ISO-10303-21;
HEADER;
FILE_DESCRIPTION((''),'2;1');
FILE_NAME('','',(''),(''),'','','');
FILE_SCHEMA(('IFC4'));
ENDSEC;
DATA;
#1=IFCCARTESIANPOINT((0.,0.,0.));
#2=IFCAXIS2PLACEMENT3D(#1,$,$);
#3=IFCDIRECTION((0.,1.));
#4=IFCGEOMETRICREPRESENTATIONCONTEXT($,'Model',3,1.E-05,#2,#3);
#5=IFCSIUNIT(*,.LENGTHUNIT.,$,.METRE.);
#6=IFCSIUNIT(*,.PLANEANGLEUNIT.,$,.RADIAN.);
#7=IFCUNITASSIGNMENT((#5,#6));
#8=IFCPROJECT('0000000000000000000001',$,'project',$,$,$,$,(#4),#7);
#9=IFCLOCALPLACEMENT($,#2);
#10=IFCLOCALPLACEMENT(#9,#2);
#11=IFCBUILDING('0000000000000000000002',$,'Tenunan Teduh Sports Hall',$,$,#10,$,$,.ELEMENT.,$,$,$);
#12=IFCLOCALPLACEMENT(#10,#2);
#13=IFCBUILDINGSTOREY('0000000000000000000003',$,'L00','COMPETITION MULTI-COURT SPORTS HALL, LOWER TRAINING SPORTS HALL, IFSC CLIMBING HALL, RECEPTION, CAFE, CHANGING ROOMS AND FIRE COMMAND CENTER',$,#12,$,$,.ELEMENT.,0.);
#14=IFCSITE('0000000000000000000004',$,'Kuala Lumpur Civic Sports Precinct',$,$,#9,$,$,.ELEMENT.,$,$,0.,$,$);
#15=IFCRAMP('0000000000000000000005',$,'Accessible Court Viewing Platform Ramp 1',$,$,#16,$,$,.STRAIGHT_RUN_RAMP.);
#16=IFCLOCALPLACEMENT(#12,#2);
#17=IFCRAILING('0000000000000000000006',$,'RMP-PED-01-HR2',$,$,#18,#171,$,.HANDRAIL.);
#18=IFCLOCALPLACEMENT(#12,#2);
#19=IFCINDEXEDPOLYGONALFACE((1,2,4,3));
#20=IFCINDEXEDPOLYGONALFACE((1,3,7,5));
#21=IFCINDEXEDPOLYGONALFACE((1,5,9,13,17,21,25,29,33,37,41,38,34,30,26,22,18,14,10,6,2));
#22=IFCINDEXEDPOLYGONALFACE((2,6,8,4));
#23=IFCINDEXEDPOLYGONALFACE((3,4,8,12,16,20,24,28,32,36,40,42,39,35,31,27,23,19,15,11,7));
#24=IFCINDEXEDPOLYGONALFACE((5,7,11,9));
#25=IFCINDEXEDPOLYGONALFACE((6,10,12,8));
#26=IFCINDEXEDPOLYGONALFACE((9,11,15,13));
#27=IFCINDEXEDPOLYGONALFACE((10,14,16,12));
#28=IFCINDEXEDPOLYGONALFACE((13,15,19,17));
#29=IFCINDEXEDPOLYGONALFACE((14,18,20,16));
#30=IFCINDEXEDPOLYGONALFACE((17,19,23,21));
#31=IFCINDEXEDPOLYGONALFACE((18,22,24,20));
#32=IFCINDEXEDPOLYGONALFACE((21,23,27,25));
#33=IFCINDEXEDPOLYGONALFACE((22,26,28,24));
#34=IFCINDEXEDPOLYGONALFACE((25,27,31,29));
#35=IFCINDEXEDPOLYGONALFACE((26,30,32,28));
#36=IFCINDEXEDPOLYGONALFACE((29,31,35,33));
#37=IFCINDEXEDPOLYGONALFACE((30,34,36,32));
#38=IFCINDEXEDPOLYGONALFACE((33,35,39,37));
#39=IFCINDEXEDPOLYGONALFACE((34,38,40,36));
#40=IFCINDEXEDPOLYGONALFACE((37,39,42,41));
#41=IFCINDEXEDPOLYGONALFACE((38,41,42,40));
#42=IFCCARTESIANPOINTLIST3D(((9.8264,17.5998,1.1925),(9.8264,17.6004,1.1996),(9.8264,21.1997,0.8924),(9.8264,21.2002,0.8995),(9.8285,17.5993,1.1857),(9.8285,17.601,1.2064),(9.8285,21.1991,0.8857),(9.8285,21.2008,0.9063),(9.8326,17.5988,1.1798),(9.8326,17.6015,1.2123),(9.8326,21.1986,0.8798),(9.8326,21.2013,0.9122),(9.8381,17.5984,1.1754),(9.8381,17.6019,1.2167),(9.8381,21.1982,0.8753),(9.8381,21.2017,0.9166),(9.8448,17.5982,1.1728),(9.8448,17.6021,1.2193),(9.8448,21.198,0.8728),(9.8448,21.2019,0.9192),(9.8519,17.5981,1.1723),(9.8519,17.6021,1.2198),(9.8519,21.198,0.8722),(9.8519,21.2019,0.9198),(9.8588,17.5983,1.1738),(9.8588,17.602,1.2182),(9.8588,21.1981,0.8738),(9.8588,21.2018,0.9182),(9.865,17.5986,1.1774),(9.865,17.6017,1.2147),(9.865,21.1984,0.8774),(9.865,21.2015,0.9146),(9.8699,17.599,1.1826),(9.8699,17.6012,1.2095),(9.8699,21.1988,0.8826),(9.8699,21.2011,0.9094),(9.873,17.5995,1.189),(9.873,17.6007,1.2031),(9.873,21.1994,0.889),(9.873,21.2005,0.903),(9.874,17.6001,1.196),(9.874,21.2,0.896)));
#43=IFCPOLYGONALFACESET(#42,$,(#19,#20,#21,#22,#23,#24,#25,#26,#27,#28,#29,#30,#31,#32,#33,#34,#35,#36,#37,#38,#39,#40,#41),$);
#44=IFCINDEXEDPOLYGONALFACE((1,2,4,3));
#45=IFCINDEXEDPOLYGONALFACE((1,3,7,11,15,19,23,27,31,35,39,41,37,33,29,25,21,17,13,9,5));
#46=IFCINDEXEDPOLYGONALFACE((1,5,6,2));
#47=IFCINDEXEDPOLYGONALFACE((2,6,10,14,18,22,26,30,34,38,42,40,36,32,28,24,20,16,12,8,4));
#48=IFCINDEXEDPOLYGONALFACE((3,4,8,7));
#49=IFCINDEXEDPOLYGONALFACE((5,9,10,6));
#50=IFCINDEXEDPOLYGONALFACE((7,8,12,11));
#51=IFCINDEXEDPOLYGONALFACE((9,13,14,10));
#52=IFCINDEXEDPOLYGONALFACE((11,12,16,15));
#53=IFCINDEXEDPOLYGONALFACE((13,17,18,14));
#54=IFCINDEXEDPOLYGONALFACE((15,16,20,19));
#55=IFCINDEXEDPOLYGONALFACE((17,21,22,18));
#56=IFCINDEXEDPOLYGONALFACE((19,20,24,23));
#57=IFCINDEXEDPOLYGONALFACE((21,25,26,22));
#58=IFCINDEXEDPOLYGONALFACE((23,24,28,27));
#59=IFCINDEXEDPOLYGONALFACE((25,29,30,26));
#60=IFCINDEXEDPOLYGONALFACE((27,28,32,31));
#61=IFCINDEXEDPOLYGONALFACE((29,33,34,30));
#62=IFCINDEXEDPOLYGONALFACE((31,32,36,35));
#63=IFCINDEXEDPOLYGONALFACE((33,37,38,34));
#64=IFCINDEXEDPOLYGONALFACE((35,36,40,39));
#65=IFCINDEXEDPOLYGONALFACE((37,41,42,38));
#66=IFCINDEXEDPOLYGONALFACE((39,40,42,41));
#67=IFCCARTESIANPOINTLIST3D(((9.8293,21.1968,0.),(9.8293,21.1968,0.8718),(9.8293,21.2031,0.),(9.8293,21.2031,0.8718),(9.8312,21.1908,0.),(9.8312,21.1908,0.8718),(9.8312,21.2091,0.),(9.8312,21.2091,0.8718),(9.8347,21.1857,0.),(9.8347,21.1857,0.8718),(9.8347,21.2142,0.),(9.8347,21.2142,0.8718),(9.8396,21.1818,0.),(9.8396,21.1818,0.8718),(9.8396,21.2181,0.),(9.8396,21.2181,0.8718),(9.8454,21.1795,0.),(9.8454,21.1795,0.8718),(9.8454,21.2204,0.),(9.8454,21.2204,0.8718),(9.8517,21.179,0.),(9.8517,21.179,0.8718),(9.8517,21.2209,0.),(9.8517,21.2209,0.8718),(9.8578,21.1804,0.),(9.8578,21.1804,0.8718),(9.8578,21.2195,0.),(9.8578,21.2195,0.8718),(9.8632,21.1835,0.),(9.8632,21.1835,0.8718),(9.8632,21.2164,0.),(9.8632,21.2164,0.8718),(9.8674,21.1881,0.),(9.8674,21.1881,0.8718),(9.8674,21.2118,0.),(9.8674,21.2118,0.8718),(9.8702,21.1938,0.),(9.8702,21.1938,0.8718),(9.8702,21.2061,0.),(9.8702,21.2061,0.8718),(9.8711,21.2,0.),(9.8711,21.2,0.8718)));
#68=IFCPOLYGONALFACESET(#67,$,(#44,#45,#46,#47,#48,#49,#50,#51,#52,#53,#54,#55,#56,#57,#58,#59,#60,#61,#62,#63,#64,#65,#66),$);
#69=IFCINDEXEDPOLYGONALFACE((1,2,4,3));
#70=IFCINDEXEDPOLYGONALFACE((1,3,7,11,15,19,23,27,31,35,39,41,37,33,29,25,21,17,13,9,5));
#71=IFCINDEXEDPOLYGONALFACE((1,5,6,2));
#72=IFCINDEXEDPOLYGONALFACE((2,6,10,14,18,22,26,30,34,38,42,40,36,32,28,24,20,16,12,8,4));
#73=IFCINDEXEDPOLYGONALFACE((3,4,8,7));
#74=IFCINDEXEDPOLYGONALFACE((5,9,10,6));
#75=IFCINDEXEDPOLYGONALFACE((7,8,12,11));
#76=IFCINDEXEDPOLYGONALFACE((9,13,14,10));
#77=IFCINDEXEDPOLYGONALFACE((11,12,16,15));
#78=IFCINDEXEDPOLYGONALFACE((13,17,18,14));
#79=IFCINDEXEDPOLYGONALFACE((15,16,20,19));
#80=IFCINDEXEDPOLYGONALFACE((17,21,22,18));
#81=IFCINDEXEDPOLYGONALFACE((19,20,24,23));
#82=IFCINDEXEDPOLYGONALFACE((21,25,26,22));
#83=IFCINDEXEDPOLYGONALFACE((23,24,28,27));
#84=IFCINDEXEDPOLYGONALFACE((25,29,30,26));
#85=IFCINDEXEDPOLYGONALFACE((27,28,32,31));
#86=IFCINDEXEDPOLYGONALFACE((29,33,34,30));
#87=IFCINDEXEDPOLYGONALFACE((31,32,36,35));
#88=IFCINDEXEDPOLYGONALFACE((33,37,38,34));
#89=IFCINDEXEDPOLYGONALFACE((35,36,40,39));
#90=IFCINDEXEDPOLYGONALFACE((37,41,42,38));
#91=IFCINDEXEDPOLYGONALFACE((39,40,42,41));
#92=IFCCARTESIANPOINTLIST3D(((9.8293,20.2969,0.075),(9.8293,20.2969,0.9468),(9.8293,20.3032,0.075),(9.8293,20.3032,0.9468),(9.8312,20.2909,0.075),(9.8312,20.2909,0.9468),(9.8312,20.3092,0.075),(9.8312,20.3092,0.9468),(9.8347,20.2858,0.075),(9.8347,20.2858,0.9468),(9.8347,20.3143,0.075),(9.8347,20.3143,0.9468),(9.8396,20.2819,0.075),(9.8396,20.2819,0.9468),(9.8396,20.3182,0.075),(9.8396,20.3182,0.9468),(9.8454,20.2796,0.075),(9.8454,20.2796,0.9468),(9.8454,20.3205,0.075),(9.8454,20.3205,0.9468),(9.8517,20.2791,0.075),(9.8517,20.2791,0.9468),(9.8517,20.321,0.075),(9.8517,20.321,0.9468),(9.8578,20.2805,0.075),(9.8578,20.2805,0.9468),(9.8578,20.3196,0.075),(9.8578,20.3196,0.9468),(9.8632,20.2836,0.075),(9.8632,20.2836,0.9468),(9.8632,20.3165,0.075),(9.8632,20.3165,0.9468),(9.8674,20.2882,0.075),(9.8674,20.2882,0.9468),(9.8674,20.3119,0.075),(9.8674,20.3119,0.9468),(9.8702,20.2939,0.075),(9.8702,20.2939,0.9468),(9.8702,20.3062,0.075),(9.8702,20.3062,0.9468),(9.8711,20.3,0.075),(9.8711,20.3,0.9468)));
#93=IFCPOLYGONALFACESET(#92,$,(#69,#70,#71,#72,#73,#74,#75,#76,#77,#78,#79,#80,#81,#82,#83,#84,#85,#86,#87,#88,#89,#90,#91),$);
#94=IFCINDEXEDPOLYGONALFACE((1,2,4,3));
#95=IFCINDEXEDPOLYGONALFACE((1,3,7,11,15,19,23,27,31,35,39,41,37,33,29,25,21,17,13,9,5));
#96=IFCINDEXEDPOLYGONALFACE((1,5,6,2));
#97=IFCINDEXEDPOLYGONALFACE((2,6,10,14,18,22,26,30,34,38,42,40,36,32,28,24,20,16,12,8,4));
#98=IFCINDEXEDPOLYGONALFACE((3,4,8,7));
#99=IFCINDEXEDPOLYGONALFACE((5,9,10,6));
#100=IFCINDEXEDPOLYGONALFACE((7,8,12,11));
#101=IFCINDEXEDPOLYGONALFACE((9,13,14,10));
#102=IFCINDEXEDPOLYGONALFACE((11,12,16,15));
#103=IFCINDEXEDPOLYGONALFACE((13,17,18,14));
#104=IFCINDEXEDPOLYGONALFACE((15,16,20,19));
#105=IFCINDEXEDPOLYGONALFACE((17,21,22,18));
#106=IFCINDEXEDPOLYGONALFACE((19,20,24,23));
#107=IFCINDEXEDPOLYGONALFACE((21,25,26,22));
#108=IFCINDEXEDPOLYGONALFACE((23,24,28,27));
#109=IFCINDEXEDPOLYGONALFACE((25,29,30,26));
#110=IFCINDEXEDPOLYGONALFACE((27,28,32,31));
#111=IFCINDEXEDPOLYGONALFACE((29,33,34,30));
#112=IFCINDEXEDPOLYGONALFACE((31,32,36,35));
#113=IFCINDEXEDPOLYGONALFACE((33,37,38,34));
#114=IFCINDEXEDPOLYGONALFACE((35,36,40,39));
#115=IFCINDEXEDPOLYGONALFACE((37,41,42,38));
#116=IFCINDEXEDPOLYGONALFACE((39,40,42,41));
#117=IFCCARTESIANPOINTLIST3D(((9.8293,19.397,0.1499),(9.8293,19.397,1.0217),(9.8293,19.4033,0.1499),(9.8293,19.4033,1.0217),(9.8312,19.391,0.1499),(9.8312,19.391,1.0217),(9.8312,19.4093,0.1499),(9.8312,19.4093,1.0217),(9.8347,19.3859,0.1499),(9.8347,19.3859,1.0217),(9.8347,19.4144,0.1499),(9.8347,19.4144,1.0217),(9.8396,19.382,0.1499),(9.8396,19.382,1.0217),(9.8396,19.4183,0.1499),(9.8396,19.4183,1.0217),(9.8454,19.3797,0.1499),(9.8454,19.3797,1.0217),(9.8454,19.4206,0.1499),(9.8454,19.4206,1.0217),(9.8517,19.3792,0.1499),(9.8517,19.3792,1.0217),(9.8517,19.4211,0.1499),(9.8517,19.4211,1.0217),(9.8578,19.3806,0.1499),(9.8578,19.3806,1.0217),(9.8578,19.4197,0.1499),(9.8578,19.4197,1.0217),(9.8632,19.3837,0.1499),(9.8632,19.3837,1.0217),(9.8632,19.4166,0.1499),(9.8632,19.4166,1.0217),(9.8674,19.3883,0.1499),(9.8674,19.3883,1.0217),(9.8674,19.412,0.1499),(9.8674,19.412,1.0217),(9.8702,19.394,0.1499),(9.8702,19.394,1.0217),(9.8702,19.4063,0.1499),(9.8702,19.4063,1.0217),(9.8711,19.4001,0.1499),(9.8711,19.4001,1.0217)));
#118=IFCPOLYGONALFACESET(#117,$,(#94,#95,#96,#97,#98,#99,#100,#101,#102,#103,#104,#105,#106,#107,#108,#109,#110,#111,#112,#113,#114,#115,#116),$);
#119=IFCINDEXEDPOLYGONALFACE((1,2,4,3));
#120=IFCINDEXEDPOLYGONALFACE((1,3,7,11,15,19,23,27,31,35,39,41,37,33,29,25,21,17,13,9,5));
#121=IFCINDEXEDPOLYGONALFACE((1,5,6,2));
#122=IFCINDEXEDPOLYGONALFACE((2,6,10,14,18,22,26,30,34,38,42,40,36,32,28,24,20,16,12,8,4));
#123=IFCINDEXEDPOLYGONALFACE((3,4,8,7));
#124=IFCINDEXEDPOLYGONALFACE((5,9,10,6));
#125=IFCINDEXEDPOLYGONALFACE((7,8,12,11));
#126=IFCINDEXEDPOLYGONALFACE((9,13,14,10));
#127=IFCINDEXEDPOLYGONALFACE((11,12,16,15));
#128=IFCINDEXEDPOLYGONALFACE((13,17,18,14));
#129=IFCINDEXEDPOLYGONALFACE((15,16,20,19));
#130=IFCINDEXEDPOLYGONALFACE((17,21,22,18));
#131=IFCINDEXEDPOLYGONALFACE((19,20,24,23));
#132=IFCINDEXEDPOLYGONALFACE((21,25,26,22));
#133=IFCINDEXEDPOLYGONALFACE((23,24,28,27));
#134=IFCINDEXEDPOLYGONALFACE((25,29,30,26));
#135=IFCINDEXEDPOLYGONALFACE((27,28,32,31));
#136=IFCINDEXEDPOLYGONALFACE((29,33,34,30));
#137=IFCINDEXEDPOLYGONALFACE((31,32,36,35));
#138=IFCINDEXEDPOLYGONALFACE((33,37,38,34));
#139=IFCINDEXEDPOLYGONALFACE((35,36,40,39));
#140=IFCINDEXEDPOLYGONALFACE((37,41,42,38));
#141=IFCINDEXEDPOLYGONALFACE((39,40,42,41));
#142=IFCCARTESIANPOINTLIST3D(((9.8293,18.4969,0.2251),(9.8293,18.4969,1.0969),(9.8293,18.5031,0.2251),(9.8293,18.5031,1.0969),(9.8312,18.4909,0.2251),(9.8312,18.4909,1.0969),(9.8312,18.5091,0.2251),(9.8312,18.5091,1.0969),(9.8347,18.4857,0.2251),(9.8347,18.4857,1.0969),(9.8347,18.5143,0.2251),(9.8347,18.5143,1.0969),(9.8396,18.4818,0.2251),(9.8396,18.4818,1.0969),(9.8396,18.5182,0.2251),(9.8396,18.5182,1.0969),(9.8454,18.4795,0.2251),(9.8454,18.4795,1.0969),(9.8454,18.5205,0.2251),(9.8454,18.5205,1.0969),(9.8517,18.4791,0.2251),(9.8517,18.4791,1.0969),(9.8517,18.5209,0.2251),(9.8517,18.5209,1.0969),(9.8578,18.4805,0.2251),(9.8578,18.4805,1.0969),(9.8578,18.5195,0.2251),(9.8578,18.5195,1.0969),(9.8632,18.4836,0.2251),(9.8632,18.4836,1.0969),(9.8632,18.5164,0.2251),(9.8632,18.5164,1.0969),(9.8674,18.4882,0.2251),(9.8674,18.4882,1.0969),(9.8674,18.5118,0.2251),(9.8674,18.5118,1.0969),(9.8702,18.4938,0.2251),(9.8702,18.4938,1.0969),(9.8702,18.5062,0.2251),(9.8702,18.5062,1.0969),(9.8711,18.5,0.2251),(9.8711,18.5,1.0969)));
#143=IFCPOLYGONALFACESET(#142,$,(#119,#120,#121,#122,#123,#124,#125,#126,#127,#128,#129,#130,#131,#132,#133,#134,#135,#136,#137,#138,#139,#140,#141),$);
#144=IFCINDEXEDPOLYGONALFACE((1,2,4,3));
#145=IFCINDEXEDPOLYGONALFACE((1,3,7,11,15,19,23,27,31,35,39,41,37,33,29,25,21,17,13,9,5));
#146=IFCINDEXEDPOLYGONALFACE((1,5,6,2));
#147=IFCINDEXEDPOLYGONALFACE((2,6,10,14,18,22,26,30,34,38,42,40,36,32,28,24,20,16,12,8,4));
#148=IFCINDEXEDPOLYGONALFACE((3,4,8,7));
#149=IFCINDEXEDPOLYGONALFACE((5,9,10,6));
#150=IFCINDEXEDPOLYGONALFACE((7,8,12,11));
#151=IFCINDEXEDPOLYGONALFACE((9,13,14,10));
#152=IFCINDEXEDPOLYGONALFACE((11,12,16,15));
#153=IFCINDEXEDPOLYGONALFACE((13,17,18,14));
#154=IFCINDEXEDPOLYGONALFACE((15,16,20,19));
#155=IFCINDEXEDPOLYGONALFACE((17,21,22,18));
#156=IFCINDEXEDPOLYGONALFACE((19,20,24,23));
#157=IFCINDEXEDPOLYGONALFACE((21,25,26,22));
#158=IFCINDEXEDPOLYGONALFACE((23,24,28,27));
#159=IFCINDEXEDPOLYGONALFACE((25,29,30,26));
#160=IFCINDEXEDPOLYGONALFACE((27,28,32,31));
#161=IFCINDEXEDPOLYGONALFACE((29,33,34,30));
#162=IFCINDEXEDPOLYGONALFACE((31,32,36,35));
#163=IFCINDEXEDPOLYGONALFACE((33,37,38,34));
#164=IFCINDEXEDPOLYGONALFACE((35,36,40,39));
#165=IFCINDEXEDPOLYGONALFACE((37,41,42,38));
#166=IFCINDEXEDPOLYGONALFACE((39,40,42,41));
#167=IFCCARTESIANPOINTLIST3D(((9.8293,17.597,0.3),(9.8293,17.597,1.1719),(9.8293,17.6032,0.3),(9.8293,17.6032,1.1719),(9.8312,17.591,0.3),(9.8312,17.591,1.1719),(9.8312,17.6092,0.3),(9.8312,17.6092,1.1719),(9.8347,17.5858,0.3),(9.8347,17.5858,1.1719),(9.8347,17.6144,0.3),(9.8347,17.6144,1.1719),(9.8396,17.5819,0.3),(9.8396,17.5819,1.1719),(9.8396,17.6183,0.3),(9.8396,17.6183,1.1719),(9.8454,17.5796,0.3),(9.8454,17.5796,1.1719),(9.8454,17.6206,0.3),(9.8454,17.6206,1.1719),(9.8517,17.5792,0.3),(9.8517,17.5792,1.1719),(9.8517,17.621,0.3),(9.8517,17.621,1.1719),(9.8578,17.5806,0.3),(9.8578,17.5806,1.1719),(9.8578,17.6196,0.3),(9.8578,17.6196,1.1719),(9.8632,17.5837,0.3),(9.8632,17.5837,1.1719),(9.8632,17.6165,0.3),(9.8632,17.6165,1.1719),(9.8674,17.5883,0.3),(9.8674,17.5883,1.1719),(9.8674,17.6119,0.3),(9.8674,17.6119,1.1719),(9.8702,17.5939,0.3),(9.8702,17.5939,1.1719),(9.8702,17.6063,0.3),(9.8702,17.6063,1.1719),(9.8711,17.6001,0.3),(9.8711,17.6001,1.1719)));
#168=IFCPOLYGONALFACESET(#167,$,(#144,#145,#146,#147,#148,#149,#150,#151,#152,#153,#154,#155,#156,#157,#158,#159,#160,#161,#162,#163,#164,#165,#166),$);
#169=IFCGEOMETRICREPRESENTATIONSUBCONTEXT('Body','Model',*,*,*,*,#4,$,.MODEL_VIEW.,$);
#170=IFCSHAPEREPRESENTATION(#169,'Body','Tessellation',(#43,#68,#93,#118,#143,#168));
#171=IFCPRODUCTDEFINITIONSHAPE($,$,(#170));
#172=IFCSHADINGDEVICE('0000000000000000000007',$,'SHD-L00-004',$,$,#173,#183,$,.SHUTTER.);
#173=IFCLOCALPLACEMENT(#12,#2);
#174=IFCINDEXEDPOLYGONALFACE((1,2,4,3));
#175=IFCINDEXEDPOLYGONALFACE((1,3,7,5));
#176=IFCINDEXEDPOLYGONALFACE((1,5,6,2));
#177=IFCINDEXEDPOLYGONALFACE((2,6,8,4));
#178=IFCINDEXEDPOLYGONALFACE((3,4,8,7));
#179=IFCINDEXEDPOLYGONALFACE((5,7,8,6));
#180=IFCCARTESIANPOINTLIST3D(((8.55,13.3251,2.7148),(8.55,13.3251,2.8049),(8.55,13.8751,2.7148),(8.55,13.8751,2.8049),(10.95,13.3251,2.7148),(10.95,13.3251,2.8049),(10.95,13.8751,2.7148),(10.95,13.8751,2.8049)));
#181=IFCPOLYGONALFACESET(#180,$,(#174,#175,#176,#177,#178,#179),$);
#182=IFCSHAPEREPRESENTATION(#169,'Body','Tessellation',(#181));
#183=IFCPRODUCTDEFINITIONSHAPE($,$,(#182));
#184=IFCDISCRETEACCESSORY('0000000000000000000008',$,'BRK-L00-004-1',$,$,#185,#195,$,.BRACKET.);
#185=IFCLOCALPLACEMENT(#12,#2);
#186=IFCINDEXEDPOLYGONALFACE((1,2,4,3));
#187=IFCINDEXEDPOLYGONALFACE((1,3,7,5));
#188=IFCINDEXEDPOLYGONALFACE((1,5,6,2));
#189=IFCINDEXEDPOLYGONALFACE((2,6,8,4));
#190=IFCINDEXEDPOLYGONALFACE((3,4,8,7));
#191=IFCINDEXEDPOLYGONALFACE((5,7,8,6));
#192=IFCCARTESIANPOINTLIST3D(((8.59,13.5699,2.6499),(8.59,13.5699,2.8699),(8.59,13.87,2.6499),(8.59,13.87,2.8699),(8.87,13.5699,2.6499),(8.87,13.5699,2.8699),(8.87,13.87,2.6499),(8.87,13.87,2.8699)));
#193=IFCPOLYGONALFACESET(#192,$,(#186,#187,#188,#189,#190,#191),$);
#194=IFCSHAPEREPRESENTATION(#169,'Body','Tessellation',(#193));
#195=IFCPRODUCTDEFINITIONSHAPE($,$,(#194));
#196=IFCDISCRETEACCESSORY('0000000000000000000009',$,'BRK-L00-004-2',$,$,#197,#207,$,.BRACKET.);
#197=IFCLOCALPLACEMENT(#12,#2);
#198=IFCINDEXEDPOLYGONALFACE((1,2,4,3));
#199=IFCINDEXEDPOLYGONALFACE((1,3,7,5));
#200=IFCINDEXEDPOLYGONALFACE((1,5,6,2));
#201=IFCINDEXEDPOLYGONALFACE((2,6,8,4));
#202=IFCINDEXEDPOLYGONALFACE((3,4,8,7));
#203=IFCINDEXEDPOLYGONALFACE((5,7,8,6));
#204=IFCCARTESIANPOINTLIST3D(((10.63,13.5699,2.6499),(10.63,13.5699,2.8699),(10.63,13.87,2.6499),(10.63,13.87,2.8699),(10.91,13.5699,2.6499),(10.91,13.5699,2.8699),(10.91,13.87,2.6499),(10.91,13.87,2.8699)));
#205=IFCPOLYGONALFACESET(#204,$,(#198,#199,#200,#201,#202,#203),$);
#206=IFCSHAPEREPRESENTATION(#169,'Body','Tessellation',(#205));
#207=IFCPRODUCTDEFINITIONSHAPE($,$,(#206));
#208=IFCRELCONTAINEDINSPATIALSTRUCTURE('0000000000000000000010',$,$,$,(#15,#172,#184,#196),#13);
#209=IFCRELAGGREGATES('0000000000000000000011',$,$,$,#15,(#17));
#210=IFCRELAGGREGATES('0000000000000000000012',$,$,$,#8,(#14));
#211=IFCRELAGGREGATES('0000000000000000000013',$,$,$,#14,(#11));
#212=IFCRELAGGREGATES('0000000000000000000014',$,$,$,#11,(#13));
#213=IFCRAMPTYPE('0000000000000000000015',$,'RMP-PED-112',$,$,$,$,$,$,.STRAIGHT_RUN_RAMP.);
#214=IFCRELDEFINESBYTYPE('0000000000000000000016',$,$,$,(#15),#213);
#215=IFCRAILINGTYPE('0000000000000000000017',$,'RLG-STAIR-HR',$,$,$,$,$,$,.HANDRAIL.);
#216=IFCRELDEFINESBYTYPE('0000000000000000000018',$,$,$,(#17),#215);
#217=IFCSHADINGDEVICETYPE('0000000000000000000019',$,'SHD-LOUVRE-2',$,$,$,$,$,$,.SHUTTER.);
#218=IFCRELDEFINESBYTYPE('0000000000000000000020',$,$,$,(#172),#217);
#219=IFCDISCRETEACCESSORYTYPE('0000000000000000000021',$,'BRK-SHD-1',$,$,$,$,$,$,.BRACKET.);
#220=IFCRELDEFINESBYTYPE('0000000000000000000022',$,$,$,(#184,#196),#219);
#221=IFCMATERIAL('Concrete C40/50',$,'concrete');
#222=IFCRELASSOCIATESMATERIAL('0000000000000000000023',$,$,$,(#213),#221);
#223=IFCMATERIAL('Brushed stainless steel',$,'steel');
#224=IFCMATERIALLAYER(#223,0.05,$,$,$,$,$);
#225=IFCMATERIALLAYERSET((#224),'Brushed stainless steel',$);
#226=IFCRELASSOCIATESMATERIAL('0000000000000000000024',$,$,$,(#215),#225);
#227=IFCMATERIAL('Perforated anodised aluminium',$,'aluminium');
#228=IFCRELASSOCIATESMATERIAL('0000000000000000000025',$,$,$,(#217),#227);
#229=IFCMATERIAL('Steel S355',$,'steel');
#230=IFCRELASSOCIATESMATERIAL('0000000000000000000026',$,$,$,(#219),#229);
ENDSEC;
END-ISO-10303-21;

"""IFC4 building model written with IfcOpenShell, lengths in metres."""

from ifc_helpers import new_model, si_unit, direction, frame, origin, origin_2d, place, context, subcontext, project, spatial, rectangle, circle, extrude, material, layer, layer_set, type_object, element, aggregate, save


model = new_model("IFC4")

# Units and contexts
model_context = context("Model", 3, precision=1e-05, world=origin(), true_north=direction((0.0, 1.0)))
body_context = subcontext(model_context, "Body", "Model", "MODEL_VIEW")
ifc_project = project(units=[si_unit("LENGTHUNIT", "METRE"), si_unit("PLANEANGLEUNIT", "RADIAN")], contexts=[model_context])

# Site, building, storey
site_placement = place(None, origin())
site = spatial("IfcSite", under=ifc_project, at=site_placement, Name="Kuala Lumpur Civic Sports Precinct", CompositionType="ELEMENT", RefElevation=0.0)
building_placement = place(site_placement, origin())
building = spatial("IfcBuilding", under=site, at=building_placement, Name="Tenunan Teduh Sports Hall", CompositionType="ELEMENT")
storey_placement = place(building_placement, origin())
storey = spatial("IfcBuildingStorey", under=building, at=storey_placement, Name="L00", Description="COMPETITION MULTI-COURT SPORTS HALL, LOWER TRAINING SPORTS HALL, IFSC CLIMBING HALL, RECEPTION, CAFE, CHANGING ROOMS AND FIRE COMMAND CENTER", CompositionType="ELEMENT", Elevation=0.0)

# Ramp
ifc_material_1 = material(Name="Concrete C40/50", Category="concrete")
ramp_type = type_object("IfcRampType", Name="RMP-PED-112", PredefinedType="STRAIGHT_RUN_RAMP", material=ifc_material_1)
ramp_placement = place(storey_placement, origin())
ramp = element("IfcRamp", 1, at=ramp_placement, inside=storey, type_object=ramp_type, Name="Accessible Court Viewing Platform Ramp 1", PredefinedType="STRAIGHT_RUN_RAMP")

# Railing
ifc_material_2 = material(Name="Brushed stainless steel", Category="steel")
ifc_layer_1 = layer(ifc_material_2, 0.05)
ifc_layer_set_1 = layer_set([ifc_layer_1], Name="Brushed stainless steel")
railing_type = type_object("IfcRailingType", Name="RLG-STAIR-HR", PredefinedType="HANDRAIL", material=ifc_layer_set_1)
railing_1_placement = place(storey_placement, frame((9.8501, 21.2, 0.0)))
railing_1 = element("IfcRailing", 2, at=railing_1_placement, type_object=railing_type, Name="RMP-PED-01-HR2", PredefinedType="HANDRAIL", context=body_context, shape_type="SweptSolid", body=[
    extrude(circle(Radius=0.0239, at=origin_2d()), frame((0.0, 0.0, 0.896), z_axis=(0.0, -0.996544, 0.083062), x_axis=(1.0, 0.0, 0.0)), (0.0, 0.0, 1.0), 3.6123),
    extrude(circle(Radius=0.021, at=origin_2d()), origin(), (0.0, 0.0, 1.0), 0.8718),
    extrude(circle(Radius=0.021, at=origin_2d()), frame((0.0, -0.8999, 0.075)), (0.0, 0.0, 1.0), 0.8718),
    extrude(circle(Radius=0.021, at=origin_2d()), frame((0.0, -1.7998, 0.1499)), (0.0, 0.0, 1.0), 0.8718),
    extrude(circle(Radius=0.021, at=origin_2d()), frame((0.0, -2.7, 0.2251)), (0.0, 0.0, 1.0), 0.8718),
    extrude(circle(Radius=0.021, at=origin_2d()), frame((0.0, -3.5999, 0.3)), (0.0, 0.0, 1.0), 0.8718),
])
aggregate(ramp, [railing_1])

# Shading device
ifc_material_3 = material(Name="Perforated anodised aluminium", Category="aluminium")
shading_device_type = type_object("IfcShadingDeviceType", Name="SHD-LOUVRE-2", PredefinedType="SHUTTER", material=ifc_material_3)
shading_device_placement = place(storey_placement, frame((9.75, 13.6001, 2.7148), z_axis=(0.0, 0.0, 1.0), x_axis=(1.0, 0.0, 0.0)))
element("IfcShadingDevice", 3, at=shading_device_placement, inside=storey, type_object=shading_device_type, Name="SHD-L00-004", PredefinedType="SHUTTER", context=body_context, shape_type="SweptSolid", body=[
    extrude(rectangle(XDim=2.3999, YDim=0.55, at=origin_2d()), origin(), (0.0, 0.0, 1.0), 0.0901),
])

# Discrete accessories
ifc_material_4 = material(Name="Steel S355", Category="steel")
discrete_accessory_type = type_object("IfcDiscreteAccessoryType", Name="BRK-SHD-1", PredefinedType="BRACKET", material=ifc_material_4)
for number, where, z_axis, x_axis, name in (
    (4, (8.73, 13.72, 2.6499), (0.0, 0.0, 1.0), (1.0, 0.0, 0.0), "BRK-L00-004-1"),
    (5, (10.77, 13.72, 2.6499), (0.0, 0.0, 1.0), (1.0, 0.0, 0.0), "BRK-L00-004-2"),
):
    element("IfcDiscreteAccessory", number, at=place(storey_placement, frame(where, z_axis=z_axis, x_axis=x_axis)), inside=storey, type_object=discrete_accessory_type, Name=name, PredefinedType="BRACKET", context=body_context, shape_type="SweptSolid", body=[
        extrude(rectangle(XDim=0.28, YDim=0.3, at=origin_2d()), origin(), (0.0, 0.0, 1.0), 0.22),
    ])

save(model, "model.ifc")
